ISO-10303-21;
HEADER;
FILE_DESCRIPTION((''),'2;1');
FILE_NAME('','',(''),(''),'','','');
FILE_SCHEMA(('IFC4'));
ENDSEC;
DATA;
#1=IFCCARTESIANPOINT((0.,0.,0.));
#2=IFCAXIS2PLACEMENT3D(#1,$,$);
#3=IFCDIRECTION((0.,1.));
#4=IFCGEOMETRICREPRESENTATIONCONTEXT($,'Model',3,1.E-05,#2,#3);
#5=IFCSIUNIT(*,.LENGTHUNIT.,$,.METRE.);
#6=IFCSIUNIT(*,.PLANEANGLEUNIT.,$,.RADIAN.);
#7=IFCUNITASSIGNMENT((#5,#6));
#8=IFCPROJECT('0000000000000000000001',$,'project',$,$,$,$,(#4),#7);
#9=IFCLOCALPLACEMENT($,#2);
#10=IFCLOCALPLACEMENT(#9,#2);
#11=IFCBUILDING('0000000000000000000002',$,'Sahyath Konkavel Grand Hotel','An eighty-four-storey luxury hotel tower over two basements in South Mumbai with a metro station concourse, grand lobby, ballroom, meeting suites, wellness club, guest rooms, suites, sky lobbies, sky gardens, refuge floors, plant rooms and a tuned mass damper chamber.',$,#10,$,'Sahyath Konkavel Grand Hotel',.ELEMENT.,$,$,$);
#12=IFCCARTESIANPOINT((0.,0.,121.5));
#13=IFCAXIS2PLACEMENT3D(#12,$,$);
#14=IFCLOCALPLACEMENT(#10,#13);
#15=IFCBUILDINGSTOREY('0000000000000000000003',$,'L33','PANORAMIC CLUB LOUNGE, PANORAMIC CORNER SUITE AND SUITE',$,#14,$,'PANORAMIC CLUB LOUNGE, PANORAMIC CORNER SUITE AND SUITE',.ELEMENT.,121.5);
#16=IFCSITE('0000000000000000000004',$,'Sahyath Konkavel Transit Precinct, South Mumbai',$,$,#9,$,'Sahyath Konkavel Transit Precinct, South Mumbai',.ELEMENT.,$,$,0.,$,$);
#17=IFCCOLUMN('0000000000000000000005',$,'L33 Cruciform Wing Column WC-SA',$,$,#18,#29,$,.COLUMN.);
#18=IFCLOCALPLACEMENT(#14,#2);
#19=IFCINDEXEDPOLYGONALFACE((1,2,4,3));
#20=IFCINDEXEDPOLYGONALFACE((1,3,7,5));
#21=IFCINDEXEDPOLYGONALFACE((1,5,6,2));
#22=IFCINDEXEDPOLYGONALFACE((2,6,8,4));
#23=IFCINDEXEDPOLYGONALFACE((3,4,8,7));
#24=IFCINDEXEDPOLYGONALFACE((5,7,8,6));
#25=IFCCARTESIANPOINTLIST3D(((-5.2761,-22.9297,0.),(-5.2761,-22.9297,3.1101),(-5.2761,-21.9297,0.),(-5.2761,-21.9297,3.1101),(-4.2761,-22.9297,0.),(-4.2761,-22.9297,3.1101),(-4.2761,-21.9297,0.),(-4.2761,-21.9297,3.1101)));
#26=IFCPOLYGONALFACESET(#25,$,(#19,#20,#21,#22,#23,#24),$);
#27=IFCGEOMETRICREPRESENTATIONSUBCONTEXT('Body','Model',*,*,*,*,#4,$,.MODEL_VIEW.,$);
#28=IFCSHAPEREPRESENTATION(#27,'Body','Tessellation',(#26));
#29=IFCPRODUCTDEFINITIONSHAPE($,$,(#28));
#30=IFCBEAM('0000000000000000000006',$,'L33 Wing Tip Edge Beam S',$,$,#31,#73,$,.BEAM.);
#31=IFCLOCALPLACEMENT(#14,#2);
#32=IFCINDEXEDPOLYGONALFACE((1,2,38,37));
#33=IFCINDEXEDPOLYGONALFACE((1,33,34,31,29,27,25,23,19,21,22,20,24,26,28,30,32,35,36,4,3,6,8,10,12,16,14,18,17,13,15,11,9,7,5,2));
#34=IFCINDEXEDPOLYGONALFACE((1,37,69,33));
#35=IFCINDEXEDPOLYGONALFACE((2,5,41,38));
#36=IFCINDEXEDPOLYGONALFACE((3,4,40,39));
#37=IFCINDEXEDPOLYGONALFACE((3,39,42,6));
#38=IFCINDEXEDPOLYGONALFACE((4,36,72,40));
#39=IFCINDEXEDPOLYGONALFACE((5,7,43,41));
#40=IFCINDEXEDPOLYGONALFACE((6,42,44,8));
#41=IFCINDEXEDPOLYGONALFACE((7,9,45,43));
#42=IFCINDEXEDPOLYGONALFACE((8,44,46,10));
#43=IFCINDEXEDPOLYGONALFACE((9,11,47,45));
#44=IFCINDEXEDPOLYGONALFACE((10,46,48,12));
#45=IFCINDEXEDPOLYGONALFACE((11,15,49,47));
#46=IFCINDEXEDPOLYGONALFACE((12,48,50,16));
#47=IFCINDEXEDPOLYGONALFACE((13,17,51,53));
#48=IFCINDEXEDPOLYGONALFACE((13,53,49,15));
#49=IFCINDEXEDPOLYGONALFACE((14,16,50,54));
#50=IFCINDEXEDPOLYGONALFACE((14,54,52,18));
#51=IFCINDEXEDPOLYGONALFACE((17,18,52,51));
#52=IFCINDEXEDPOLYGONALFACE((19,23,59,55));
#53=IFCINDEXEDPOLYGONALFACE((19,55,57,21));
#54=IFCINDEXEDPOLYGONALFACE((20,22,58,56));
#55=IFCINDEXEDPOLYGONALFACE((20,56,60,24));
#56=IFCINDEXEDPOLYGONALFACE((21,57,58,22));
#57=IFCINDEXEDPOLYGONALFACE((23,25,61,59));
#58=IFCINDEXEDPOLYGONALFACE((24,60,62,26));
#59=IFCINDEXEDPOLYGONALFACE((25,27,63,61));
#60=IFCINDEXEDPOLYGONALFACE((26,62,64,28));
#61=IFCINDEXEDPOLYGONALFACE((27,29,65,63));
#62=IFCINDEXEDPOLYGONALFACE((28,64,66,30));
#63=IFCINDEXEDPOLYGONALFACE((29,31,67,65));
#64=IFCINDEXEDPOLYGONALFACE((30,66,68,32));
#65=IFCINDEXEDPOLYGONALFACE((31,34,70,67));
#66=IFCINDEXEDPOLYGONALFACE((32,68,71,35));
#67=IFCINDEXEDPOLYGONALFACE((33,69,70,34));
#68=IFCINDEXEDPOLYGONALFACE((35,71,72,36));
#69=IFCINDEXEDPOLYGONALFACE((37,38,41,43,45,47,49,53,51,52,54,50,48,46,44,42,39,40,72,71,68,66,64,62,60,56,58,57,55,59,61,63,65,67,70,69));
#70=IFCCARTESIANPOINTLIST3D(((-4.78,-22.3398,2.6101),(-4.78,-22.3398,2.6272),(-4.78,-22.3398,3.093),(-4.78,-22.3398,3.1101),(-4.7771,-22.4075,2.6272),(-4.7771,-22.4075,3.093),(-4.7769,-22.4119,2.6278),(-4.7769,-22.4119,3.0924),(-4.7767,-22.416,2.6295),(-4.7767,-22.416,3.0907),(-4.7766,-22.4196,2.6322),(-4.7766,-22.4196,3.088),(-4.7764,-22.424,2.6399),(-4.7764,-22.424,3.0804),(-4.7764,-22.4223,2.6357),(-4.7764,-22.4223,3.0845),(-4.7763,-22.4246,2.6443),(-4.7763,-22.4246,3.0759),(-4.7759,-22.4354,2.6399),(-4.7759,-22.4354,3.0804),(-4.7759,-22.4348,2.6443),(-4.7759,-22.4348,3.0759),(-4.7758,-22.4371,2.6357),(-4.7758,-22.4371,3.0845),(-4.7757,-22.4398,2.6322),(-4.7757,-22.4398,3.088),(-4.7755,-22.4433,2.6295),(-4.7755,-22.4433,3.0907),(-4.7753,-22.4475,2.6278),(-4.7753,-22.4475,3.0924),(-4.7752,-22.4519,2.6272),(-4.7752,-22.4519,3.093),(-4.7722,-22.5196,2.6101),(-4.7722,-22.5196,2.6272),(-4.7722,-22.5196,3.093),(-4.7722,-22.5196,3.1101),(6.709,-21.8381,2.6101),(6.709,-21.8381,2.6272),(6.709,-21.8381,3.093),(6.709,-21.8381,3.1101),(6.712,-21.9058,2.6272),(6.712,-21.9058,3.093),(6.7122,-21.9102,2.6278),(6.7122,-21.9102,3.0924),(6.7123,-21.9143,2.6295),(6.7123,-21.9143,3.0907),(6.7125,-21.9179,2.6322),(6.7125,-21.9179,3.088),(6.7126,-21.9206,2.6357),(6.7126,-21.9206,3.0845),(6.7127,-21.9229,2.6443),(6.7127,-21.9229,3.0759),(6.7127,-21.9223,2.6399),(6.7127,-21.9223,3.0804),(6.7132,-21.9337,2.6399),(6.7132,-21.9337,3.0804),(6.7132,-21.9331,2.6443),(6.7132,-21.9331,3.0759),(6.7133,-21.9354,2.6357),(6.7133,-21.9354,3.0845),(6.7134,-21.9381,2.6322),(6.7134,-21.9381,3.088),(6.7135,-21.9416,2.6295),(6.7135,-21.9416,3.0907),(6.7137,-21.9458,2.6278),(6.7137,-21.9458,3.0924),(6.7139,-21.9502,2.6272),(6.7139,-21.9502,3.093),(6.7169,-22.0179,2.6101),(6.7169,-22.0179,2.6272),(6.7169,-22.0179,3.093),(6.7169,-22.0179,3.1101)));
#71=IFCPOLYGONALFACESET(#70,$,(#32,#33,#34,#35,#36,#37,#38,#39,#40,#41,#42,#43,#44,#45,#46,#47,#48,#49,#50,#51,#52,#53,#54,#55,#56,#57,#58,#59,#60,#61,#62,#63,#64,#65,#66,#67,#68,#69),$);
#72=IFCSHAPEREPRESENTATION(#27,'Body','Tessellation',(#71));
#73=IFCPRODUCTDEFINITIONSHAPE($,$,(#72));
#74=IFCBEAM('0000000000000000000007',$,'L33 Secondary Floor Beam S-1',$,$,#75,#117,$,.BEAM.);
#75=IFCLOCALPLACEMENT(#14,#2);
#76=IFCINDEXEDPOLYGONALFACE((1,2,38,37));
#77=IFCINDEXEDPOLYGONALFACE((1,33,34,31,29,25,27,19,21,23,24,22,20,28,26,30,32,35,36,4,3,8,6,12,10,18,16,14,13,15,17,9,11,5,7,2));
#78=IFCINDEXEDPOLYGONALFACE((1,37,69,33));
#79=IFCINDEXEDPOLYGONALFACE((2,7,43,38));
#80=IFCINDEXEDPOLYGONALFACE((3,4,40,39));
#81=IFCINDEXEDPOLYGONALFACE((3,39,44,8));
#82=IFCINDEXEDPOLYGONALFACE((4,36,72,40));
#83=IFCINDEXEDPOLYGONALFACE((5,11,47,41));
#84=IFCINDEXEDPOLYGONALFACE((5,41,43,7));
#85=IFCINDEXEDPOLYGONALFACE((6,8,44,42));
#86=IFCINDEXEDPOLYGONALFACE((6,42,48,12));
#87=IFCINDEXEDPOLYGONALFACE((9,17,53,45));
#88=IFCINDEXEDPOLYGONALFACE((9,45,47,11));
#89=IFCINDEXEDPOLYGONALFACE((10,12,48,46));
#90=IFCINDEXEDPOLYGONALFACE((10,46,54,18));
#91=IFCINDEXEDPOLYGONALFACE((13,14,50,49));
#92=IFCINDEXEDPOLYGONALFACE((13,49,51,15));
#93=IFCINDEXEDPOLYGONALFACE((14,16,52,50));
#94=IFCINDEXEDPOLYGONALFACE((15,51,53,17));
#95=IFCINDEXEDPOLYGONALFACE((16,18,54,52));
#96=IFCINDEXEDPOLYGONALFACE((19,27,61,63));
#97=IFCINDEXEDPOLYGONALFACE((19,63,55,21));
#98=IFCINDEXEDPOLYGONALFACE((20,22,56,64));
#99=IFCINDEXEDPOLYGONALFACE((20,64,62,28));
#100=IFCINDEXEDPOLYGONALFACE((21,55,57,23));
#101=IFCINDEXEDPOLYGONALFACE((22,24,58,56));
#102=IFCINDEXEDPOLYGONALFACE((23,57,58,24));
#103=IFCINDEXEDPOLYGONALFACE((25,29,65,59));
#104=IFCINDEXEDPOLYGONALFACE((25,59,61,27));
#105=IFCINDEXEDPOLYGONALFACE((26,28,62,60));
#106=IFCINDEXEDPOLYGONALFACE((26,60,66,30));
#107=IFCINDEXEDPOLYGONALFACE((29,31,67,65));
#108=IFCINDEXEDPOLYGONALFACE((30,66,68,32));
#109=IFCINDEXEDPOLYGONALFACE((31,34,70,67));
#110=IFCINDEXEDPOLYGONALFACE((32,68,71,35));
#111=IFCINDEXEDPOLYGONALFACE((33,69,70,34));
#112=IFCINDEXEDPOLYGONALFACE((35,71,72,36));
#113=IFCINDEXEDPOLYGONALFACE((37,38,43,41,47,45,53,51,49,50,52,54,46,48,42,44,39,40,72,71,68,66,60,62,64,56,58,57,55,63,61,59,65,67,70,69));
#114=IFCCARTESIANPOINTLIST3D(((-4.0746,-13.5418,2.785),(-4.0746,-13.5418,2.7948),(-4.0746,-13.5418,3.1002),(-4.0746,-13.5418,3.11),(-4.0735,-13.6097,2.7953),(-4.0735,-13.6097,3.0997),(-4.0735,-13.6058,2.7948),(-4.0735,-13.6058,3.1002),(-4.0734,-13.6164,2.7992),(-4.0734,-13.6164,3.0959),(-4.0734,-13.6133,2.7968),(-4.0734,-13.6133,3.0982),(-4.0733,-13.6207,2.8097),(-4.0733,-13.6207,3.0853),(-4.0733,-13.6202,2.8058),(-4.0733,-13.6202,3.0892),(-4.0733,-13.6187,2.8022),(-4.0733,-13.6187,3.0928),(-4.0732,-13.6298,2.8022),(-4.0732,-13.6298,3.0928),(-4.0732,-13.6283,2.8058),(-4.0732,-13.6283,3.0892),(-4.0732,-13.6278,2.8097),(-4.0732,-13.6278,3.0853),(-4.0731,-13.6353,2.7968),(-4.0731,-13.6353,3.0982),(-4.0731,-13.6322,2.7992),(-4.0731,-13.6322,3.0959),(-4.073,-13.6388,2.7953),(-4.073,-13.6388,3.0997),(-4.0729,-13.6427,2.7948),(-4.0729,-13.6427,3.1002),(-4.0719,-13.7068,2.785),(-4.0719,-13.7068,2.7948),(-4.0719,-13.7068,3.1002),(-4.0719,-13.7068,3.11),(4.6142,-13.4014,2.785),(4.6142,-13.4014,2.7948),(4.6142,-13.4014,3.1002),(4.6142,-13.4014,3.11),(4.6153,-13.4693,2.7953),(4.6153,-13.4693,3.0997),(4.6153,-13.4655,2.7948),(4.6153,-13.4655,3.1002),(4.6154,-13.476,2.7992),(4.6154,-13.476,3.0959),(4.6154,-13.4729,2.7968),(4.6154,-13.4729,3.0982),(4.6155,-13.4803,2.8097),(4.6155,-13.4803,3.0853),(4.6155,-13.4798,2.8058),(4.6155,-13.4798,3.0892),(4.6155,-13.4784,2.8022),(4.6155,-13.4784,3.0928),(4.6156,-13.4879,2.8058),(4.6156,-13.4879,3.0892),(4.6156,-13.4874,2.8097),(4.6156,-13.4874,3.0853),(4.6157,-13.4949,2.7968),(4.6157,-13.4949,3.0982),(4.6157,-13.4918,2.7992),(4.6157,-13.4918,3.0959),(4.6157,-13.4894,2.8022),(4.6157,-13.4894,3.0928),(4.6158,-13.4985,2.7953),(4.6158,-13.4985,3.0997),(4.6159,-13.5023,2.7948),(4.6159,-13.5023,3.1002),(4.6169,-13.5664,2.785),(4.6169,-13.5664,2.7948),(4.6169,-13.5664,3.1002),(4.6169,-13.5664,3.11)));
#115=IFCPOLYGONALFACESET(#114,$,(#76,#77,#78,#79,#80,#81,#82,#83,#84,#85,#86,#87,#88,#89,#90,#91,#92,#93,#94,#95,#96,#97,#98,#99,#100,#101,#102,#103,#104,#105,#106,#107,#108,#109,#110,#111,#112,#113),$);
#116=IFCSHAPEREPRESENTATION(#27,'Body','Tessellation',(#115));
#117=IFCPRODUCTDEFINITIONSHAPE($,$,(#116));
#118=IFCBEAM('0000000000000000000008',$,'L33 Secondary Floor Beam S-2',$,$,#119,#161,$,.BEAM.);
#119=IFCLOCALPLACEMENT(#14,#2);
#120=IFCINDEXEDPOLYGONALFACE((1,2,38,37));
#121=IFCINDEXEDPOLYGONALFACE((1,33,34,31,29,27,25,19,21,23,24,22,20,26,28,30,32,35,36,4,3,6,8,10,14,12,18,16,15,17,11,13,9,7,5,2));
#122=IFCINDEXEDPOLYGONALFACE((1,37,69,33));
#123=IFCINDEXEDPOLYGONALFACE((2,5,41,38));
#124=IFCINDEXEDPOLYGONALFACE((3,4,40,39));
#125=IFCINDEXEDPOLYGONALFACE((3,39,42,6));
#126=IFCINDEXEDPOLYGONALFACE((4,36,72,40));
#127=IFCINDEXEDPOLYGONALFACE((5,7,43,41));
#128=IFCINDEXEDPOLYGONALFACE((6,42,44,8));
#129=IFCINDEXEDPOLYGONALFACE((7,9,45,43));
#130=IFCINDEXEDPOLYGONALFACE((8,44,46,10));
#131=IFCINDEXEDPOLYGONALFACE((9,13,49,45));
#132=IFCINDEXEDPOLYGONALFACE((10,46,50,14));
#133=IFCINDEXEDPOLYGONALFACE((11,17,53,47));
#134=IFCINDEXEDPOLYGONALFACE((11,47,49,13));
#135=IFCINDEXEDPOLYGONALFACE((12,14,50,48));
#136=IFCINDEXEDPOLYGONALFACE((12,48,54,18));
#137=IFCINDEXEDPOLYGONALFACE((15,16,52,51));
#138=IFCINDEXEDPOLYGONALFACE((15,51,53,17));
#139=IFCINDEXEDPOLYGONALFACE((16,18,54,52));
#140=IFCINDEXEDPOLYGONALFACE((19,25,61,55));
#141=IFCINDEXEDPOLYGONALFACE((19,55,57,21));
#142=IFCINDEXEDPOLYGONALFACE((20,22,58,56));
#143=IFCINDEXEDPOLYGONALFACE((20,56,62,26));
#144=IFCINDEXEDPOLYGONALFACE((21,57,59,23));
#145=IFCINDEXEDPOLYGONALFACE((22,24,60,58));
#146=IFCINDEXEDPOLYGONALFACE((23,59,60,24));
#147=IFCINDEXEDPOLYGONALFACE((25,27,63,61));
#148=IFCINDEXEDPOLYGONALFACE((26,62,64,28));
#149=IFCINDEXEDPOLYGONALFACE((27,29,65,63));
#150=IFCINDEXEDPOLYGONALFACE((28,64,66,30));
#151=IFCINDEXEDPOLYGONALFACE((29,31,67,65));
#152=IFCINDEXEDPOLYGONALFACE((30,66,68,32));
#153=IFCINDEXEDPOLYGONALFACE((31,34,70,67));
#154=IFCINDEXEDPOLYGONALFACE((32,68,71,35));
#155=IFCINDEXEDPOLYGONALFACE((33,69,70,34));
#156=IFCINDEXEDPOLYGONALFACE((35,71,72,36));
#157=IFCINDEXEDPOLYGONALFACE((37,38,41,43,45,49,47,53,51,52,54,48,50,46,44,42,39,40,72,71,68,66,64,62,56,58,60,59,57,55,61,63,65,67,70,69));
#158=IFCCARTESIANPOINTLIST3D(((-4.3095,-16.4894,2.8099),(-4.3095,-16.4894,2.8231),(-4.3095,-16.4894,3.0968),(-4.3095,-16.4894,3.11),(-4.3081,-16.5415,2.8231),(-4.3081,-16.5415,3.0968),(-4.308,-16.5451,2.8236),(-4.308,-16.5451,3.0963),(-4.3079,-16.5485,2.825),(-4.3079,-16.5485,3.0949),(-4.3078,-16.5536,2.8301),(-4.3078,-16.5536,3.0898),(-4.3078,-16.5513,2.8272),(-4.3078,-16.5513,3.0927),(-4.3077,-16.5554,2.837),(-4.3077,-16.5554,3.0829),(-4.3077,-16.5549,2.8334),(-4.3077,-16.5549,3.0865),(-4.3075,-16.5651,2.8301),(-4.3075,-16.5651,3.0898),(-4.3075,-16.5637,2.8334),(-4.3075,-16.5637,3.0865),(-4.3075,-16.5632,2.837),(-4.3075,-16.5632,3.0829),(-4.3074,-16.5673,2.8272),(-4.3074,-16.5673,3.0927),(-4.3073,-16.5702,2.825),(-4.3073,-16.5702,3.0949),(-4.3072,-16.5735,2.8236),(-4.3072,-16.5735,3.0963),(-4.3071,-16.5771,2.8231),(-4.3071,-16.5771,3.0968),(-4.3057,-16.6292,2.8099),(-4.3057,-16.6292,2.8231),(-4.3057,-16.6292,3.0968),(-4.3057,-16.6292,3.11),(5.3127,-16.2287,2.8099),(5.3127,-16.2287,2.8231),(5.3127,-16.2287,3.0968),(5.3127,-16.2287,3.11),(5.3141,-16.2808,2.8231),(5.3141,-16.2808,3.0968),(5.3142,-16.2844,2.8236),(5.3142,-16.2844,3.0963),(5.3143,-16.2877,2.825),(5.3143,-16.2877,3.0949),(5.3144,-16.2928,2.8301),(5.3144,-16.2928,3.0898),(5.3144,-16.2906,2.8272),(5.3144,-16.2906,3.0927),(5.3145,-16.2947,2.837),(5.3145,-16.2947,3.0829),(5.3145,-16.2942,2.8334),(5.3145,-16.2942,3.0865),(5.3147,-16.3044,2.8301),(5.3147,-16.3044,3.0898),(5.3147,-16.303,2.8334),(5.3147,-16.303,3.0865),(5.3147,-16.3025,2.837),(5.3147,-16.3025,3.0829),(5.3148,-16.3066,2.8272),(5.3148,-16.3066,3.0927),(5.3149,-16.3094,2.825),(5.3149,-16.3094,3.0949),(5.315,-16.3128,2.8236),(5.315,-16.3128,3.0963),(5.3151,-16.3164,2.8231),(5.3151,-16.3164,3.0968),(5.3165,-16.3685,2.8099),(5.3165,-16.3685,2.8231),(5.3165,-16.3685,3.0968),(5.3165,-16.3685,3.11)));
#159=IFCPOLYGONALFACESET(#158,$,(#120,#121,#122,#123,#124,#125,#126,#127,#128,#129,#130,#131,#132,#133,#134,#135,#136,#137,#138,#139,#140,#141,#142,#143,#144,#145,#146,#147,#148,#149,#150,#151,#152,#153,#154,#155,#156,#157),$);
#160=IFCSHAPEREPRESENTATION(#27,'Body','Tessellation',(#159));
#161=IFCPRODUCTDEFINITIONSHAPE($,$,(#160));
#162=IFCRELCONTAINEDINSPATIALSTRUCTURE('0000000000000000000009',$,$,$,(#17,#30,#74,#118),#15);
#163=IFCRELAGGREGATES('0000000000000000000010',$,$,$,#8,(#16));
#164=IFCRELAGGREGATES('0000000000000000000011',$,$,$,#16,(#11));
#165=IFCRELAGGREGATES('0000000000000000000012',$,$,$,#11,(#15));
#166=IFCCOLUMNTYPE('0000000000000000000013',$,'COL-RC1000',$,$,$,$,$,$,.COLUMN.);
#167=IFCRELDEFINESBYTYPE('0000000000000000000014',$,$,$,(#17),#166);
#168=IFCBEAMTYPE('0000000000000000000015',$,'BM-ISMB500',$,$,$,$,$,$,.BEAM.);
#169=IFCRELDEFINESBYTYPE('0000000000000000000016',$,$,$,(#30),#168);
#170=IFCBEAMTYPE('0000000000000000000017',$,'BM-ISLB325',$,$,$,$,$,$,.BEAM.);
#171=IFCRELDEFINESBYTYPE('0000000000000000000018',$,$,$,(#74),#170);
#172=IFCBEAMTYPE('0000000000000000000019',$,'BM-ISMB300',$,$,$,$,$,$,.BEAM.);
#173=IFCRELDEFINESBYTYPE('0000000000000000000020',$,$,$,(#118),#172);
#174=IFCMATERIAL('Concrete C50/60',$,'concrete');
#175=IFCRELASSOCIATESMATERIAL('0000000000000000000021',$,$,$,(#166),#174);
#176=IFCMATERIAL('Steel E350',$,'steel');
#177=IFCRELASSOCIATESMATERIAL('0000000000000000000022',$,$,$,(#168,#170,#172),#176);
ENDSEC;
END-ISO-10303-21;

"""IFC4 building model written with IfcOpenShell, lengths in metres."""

from ifc_helpers import new_model, si_unit, direction, frame, origin, origin_2d, place, context, subcontext, project, spatial, rectangle, i_section, extrude, source, transform, mapped, material, material_profile, profile_set, type_object, element, save


model = new_model("IFC4")

# Units and contexts
model_context = context("Model", 3, precision=1e-05, world=origin(), true_north=direction((0.0, 1.0)))
body_context = subcontext(model_context, "Body", "Model", "MODEL_VIEW")
ifc_project = project(units=[si_unit("LENGTHUNIT", "METRE"), si_unit("PLANEANGLEUNIT", "RADIAN")], contexts=[model_context])

# Site, building, storey
site_placement = place(None, origin())
site = spatial("IfcSite", under=ifc_project, at=site_placement, Name="Sahyath Konkavel Transit Precinct, South Mumbai", LongName="Sahyath Konkavel Transit Precinct, South Mumbai", CompositionType="ELEMENT", RefElevation=0.0)
building_placement = place(site_placement, origin())
building = spatial("IfcBuilding", under=site, at=building_placement, Name="Sahyath Konkavel Grand Hotel", Description="An eighty-four-storey luxury hotel tower over two basements in South Mumbai with a metro station concourse, grand lobby, ballroom, meeting suites, wellness club, guest rooms, suites, sky lobbies, sky gardens, refuge floors, plant rooms and a tuned mass damper chamber.", LongName="Sahyath Konkavel Grand Hotel", CompositionType="ELEMENT")
storey_placement = place(building_placement, frame((0.0, 0.0, 121.5)))
storey = spatial("IfcBuildingStorey", under=building, at=storey_placement, Name="L33", Description="PANORAMIC CLUB LOUNGE, PANORAMIC CORNER SUITE AND SUITE", LongName="PANORAMIC CLUB LOUNGE, PANORAMIC CORNER SUITE AND SUITE", CompositionType="ELEMENT", Elevation=121.5)

# Column
ifc_material_1 = material(Name="Concrete C50/60", Category="concrete")
ifc_material_profile_1 = material_profile(ifc_material_1, rectangle(XDim=1.0, YDim=1.0, at=origin_2d()), Name="RC 1000x1000")
ifc_profile_set_1 = profile_set([ifc_material_profile_1], Name="Concrete C50/60")
column_type = type_object("IfcColumnType", Name="COL-RC1000", PredefinedType="COLUMN", material=ifc_profile_set_1)
shared_shape_1 = source(origin(), body_context, "Body", "SweptSolid", [
    extrude(rectangle(XDim=1.0, YDim=1.0, at=origin_2d()), origin(), (0.0, 0.0, 1.0), 3.1101),
])
column_placement = place(storey_placement, frame((-4.7761, -22.4297, 0.0), z_axis=(0.0, 0.0, 1.0), x_axis=(1.0, 0.0, 0.0)))
element("IfcColumn", 1, at=column_placement, inside=storey, type_object=column_type, Name="L33 Cruciform Wing Column WC-SA", PredefinedType="COLUMN", context=body_context, shape_type="MappedRepresentation", body=[
    mapped(shared_shape_1, transform((0.0, 0.0, 0.0), scale=1.0)),
])

# Beams
ifc_material_2 = material(Name="Steel E350", Category="steel")
ifc_material_profile_2 = material_profile(ifc_material_2, i_section(OverallWidth=0.1799, OverallDepth=0.5, WebThickness=0.0103, FlangeThickness=0.0171, FilletRadius=0.0171, at=origin_2d()), Name="ISMB 500")
ifc_profile_set_2 = profile_set([ifc_material_profile_2], Name="Steel E350")
beam_type_1 = type_object("IfcBeamType", Name="BM-ISMB500", PredefinedType="BEAM", material=ifc_profile_set_2)
shared_shape_2 = source(origin(), body_context, "Body", "SweptSolid", [
    extrude(i_section(OverallWidth=0.1799, OverallDepth=0.5, WebThickness=0.0103, FlangeThickness=0.0171, FilletRadius=0.0171, at=origin_2d()), origin(), (0.0, 0.0, 1.0), 11.5),
])
beam_1_placement = place(storey_placement, frame((-4.7761, -22.4297, 2.8601), z_axis=(0.999048, 0.043627, 0.0), x_axis=(-0.043627, 0.999048, 0.0)))
element("IfcBeam", 2, at=beam_1_placement, inside=storey, type_object=beam_type_1, Name="L33 Wing Tip Edge Beam S", PredefinedType="BEAM", context=body_context, shape_type="MappedRepresentation", body=[
    mapped(shared_shape_2, transform((0.0, 0.0, 0.0), scale=1.0)),
])
ifc_material_profile_3 = material_profile(ifc_material_2, i_section(OverallWidth=0.165, OverallDepth=0.325, WebThickness=0.0071, FlangeThickness=0.0098, FilletRadius=0.0149, at=origin_2d()), Name="ISLB 325")
ifc_profile_set_3 = profile_set([ifc_material_profile_3], Name="Steel E350")
beam_type_2 = type_object("IfcBeamType", Name="BM-ISLB325", PredefinedType="BEAM", material=ifc_profile_set_3)
shared_shape_3 = source(origin(), body_context, "Body", "SweptSolid", [
    extrude(i_section(OverallWidth=0.165, OverallDepth=0.325, WebThickness=0.0071, FlangeThickness=0.0098, FilletRadius=0.0149, at=origin_2d()), origin(), (0.0, 0.0, 1.0), 8.6899),
])
beam_2_placement = place(storey_placement, frame((-4.0732, -13.6243, 2.9475), z_axis=(0.99987, 0.016155, 0.0), x_axis=(-0.016155, 0.99987, 0.0)))
element("IfcBeam", 3, at=beam_2_placement, inside=storey, type_object=beam_type_2, Name="L33 Secondary Floor Beam S-1", PredefinedType="BEAM", context=body_context, shape_type="MappedRepresentation", body=[
    mapped(shared_shape_3, transform((0.0, 0.0, 0.0), scale=1.0)),
])
ifc_material_profile_4 = material_profile(ifc_material_2, i_section(OverallWidth=0.1399, OverallDepth=0.3, WebThickness=0.0078, FlangeThickness=0.0132, FilletRadius=0.0139, at=origin_2d()), Name="ISMB 300")
ifc_profile_set_4 = profile_set([ifc_material_profile_4], Name="Steel E350")
beam_type_3 = type_object("IfcBeamType", Name="BM-ISMB300", PredefinedType="BEAM", material=ifc_profile_set_4)
shared_shape_4 = source(origin(), body_context, "Body", "SweptSolid", [
    extrude(i_section(OverallWidth=0.1399, OverallDepth=0.3, WebThickness=0.0078, FlangeThickness=0.0132, FilletRadius=0.0139, at=origin_2d()), origin(), (0.0, 0.0, 1.0), 9.6257),
])
beam_3_placement = place(storey_placement, frame((-4.3076, -16.5593, 2.96), z_axis=(0.999633, 0.027088, 0.0), x_axis=(-0.027088, 0.999633, 0.0)))
element("IfcBeam", 4, at=beam_3_placement, inside=storey, type_object=beam_type_3, Name="L33 Secondary Floor Beam S-2", PredefinedType="BEAM", context=body_context, shape_type="MappedRepresentation", body=[
    mapped(shared_shape_4, transform((0.0, 0.0, 0.0), scale=1.0)),
])

save(model, "model.ifc")
